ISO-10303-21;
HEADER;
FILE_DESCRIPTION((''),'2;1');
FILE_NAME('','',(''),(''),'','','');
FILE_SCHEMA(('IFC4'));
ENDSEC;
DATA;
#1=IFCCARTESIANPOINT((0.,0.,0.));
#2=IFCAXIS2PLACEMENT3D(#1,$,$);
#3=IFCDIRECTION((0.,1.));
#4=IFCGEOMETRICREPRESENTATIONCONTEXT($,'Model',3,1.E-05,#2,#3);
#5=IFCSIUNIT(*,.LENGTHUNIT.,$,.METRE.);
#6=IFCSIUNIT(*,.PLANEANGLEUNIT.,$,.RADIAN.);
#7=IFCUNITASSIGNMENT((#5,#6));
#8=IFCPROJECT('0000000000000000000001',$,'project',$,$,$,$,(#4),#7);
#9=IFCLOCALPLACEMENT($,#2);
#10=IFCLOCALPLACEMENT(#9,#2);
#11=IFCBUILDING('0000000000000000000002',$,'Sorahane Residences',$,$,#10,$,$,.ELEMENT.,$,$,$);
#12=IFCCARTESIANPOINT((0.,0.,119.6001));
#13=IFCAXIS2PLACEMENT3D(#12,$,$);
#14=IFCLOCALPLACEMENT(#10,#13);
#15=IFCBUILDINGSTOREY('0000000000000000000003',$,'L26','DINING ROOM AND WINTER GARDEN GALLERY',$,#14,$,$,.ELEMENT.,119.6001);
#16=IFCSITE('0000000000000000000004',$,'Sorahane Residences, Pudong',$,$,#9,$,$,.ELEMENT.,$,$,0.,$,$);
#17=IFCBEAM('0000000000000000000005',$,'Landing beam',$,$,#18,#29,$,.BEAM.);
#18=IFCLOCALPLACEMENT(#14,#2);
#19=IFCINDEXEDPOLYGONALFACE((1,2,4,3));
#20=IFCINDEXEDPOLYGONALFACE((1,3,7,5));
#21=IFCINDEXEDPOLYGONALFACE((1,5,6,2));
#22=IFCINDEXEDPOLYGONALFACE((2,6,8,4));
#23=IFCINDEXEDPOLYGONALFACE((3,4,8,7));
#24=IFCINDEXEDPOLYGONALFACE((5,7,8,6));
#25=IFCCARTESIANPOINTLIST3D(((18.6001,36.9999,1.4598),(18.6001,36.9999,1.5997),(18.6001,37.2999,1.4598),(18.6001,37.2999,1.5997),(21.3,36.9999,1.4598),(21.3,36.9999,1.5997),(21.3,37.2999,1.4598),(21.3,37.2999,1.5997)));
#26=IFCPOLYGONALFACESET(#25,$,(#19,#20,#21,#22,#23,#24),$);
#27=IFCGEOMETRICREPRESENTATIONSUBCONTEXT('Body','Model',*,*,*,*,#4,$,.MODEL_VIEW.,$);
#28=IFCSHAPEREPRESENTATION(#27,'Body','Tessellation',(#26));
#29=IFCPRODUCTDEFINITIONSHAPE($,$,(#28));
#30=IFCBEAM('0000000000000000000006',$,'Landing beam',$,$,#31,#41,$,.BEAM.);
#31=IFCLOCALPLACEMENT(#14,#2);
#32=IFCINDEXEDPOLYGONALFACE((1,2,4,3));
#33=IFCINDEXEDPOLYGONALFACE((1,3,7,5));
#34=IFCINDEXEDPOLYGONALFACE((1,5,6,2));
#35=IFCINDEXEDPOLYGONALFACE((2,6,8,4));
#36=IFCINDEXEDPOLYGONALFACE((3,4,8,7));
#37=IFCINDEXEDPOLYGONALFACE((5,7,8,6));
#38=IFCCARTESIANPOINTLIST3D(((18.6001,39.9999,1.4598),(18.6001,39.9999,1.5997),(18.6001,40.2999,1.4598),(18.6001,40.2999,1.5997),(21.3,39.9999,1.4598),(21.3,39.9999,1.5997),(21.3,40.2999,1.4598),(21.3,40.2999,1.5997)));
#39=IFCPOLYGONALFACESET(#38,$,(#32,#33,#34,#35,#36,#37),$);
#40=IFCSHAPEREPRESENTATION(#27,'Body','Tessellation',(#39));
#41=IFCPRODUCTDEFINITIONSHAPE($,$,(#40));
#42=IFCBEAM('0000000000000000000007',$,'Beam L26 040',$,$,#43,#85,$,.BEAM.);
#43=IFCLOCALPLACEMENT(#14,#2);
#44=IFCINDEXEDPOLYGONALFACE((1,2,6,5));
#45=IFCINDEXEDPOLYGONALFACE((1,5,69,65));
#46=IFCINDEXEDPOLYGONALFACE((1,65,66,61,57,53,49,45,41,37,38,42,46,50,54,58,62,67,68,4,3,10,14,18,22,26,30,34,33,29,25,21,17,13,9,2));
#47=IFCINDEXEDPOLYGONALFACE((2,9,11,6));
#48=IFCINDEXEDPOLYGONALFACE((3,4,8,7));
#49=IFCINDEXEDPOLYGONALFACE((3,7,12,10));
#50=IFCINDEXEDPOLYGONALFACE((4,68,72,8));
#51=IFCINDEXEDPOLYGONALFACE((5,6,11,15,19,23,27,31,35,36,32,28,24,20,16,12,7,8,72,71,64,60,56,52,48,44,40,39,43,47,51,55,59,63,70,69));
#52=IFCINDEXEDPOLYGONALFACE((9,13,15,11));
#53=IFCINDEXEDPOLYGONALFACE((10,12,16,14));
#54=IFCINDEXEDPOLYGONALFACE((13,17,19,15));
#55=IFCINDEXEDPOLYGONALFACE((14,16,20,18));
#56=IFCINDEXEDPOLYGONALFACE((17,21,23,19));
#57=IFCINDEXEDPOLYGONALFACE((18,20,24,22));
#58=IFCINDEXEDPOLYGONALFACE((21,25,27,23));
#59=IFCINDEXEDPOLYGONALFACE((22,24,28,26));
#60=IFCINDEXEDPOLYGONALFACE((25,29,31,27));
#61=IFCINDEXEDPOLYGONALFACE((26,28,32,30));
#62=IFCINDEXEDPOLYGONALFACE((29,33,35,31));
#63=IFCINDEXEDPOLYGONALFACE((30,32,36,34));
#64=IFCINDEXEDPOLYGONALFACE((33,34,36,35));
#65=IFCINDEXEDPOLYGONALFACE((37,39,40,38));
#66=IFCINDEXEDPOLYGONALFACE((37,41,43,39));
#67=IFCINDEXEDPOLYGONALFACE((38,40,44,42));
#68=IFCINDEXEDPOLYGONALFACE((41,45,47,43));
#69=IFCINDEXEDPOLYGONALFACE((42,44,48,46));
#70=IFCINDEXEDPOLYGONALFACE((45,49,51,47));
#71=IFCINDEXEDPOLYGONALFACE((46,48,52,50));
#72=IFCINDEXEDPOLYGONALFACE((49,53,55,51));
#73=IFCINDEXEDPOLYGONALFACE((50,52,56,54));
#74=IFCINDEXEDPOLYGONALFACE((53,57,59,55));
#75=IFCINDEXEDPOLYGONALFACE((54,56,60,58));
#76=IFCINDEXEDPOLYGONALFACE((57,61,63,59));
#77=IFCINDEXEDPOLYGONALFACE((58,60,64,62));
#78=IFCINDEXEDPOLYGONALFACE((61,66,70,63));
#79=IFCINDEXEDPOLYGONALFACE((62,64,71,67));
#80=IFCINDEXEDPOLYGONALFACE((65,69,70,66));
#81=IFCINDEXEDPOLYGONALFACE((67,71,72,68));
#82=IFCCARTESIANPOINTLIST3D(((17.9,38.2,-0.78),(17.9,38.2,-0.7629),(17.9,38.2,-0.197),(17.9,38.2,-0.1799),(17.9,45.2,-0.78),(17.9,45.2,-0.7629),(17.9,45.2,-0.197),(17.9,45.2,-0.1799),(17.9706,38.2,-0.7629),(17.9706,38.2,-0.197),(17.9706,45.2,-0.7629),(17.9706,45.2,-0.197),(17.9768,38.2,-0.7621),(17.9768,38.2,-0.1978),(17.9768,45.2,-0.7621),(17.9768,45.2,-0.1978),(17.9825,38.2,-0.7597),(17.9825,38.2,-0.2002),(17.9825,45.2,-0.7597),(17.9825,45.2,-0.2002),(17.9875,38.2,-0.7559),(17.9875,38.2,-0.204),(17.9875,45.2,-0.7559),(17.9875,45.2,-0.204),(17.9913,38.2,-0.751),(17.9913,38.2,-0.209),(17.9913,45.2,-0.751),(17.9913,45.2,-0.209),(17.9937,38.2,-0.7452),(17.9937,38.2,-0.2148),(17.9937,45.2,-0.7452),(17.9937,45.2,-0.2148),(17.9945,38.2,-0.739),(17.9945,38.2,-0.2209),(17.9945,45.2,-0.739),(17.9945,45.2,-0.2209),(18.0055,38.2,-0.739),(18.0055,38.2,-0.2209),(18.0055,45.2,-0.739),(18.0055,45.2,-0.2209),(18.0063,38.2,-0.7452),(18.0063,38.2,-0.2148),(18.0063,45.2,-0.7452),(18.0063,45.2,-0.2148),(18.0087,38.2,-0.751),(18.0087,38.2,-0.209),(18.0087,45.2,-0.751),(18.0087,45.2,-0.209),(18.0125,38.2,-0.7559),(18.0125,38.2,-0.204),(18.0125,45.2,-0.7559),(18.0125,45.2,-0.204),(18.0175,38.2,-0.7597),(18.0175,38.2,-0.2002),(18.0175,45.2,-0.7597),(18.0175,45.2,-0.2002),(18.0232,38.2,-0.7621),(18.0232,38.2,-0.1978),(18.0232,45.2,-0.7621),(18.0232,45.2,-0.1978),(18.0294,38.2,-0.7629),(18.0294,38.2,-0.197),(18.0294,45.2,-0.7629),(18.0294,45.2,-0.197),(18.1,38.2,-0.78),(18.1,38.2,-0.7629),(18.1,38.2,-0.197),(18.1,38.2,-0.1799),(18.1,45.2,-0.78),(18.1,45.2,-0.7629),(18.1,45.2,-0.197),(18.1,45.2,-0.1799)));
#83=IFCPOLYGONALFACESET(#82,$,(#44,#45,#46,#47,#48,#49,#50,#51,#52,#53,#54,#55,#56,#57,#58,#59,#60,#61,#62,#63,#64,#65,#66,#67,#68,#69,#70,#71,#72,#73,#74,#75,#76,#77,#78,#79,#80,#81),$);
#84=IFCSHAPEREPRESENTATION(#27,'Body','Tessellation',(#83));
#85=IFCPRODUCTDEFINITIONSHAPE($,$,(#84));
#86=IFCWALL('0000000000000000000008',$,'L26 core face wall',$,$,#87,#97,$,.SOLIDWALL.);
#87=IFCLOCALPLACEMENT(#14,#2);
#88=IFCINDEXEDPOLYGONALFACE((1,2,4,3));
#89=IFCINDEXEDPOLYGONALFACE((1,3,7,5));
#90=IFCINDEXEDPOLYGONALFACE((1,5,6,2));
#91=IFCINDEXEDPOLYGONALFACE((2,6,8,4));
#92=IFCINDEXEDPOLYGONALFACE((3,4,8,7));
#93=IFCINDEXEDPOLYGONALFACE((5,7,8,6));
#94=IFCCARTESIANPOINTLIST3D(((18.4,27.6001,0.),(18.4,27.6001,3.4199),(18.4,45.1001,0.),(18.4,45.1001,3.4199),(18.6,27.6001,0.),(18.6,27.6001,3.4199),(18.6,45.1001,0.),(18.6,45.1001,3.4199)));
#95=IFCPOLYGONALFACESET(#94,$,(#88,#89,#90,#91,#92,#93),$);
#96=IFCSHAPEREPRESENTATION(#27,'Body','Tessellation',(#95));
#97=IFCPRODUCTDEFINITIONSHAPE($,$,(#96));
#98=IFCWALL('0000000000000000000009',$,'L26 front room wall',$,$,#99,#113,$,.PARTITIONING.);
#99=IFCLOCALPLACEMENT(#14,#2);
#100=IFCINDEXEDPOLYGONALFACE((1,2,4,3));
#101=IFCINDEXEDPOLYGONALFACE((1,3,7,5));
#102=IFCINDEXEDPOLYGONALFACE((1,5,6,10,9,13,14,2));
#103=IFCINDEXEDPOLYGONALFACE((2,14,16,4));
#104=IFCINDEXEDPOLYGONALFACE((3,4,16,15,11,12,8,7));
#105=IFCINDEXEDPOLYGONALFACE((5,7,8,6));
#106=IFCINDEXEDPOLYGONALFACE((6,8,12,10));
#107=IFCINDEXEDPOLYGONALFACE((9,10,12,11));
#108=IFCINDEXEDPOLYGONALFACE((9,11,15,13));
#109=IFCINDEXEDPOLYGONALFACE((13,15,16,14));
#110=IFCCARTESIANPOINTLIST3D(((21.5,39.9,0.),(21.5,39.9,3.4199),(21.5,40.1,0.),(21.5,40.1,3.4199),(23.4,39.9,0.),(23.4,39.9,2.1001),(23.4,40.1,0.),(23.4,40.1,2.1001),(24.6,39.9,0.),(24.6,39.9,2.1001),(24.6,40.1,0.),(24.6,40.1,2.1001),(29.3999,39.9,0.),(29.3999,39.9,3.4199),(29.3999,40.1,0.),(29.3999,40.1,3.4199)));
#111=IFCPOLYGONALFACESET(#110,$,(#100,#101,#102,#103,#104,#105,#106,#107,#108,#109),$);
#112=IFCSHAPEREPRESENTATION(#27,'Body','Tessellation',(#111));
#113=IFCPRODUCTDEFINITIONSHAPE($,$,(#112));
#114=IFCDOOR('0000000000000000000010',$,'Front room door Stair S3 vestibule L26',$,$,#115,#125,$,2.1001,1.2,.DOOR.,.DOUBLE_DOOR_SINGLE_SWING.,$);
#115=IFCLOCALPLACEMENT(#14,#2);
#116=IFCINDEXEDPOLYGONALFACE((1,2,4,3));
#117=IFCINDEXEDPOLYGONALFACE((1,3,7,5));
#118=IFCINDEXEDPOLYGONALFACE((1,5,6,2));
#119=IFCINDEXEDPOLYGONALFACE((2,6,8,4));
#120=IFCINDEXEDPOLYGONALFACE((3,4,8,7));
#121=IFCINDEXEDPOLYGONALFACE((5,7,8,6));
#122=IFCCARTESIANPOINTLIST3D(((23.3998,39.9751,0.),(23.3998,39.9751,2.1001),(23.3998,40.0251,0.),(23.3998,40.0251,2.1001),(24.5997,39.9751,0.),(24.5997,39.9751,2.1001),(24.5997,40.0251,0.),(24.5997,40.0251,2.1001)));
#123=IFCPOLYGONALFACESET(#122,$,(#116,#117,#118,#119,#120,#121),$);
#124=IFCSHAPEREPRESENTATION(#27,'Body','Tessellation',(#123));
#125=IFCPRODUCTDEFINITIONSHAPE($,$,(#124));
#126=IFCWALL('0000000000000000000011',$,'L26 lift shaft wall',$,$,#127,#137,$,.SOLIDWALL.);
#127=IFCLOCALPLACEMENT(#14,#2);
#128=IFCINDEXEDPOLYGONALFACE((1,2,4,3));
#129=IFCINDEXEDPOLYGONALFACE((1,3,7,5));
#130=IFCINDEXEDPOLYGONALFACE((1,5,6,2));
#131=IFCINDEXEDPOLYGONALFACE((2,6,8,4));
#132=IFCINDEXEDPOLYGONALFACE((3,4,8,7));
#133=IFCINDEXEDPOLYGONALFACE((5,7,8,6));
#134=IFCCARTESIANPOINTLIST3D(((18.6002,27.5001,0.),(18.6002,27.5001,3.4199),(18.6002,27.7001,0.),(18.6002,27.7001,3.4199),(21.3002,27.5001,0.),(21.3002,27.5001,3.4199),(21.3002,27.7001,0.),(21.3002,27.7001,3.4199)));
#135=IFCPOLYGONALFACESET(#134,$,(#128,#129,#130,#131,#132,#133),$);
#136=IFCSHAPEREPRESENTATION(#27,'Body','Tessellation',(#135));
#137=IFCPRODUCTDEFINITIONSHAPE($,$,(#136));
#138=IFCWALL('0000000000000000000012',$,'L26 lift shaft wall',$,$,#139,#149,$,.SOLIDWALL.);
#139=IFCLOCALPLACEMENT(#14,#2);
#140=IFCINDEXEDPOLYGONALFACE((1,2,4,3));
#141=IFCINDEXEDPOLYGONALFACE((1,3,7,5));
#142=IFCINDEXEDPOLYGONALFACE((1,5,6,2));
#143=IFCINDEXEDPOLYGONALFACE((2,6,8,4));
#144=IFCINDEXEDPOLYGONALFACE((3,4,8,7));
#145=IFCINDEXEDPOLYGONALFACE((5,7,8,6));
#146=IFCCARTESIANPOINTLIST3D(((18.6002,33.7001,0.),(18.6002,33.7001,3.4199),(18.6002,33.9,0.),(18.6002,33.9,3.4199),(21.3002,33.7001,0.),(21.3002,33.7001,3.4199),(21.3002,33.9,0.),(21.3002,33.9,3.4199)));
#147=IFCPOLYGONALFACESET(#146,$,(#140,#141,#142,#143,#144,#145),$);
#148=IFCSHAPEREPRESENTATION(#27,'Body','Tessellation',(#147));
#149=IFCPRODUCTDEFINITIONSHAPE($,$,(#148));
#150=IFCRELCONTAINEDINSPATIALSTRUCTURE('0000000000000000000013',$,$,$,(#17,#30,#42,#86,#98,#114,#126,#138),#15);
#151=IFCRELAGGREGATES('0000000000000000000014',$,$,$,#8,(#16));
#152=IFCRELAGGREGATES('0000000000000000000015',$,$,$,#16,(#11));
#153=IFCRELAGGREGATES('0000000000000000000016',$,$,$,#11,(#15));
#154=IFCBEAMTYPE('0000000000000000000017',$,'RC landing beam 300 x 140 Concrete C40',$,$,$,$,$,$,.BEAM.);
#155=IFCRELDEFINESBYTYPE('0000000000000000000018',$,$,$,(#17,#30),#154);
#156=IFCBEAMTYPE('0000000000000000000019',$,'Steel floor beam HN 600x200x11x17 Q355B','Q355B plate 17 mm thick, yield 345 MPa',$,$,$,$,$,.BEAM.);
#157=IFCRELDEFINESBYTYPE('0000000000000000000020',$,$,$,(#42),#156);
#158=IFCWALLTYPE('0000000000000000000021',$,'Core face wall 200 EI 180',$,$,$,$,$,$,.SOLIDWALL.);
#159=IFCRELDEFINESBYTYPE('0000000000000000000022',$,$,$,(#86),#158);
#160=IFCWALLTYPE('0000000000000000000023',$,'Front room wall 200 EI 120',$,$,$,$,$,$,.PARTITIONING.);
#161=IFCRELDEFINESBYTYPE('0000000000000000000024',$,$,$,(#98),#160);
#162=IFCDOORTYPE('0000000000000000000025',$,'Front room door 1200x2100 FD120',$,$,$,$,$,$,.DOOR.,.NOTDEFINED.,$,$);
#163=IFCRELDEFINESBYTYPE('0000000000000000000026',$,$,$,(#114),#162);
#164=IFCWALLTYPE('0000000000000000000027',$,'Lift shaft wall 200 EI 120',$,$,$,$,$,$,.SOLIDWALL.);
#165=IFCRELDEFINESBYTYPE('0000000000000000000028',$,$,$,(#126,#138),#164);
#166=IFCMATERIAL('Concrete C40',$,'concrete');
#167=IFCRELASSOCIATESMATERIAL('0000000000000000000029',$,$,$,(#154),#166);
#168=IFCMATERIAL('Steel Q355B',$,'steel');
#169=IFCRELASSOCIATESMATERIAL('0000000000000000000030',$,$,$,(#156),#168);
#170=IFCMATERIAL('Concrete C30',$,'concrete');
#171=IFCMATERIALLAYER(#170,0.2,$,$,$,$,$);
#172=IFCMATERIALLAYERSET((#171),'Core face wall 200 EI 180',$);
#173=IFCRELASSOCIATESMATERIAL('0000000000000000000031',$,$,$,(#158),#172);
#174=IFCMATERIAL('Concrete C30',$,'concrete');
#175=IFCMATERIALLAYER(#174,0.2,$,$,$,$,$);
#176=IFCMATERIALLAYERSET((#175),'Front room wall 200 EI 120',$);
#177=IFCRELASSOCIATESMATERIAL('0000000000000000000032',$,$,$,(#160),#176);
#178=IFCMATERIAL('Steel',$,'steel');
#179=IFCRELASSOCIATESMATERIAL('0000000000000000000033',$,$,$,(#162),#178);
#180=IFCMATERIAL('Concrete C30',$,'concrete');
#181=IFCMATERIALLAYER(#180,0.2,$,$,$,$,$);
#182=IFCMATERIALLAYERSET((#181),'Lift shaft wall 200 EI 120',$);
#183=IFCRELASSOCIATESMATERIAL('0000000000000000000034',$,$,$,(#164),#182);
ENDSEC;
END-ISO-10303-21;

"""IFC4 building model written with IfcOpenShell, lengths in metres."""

from ifc_helpers import new_model, si_unit, direction, frame, frame_2d, origin, origin_2d, place, context, subcontext, project, spatial, rectangle, i_section, extrude, material, layer, layer_set, material_profile, profile_set, type_object, element, fill, save


model = new_model("IFC4")

# Units and contexts
model_context = context("Model", 3, precision=1e-05, world=origin(), true_north=direction((0.0, 1.0)))
body_context = subcontext(model_context, "Body", "Model", "MODEL_VIEW")
ifc_project = project(units=[si_unit("LENGTHUNIT", "METRE"), si_unit("PLANEANGLEUNIT", "RADIAN")], contexts=[model_context])

# Site, building, storey
site_placement = place(None, origin())
site = spatial("IfcSite", under=ifc_project, at=site_placement, Name="Sorahane Residences, Pudong", CompositionType="ELEMENT", RefElevation=0.0)
building_placement = place(site_placement, origin())
building = spatial("IfcBuilding", under=site, at=building_placement, Name="Sorahane Residences", CompositionType="ELEMENT")
storey_placement = place(building_placement, frame((0.0, 0.0, 119.6001)))
storey = spatial("IfcBuildingStorey", under=building, at=storey_placement, Name="L26", Description="DINING ROOM AND WINTER GARDEN GALLERY", CompositionType="ELEMENT", Elevation=119.6001)

# Beams
ifc_material_1 = material(Name="Concrete C40", Category="concrete")
ifc_material_profile_1 = material_profile(ifc_material_1, rectangle(XDim=0.3, YDim=0.1399, at=origin_2d()), Name="300x140")
ifc_profile_set_1 = profile_set([ifc_material_profile_1], Name="Concrete C40")
beam_type_1 = type_object("IfcBeamType", Name="RC landing beam 300 x 140 Concrete C40", PredefinedType="BEAM", material=ifc_profile_set_1)
for number, where, z_axis, x_axis, name in (
    (1, (18.6001, 37.1499, 1.5298), (1.0, 0.0, 0.0), (0.0, 1.0, 0.0), "Landing beam"),
    (2, (18.6001, 40.1499, 1.5298), (1.0, 0.0, 0.0), (0.0, 1.0, 0.0), "Landing beam"),
):
    element("IfcBeam", number, at=place(storey_placement, frame(where, z_axis=z_axis, x_axis=x_axis)), inside=storey, type_object=beam_type_1, Name=name, PredefinedType="BEAM", context=body_context, shape_type="SweptSolid", body=[
        extrude(rectangle(XDim=0.3, YDim=0.1399, at=origin_2d()), origin(), (0.0, 0.0, 1.0), 2.7),
    ])
ifc_material_2 = material(Name="Steel Q355B", Category="steel")
ifc_material_profile_2 = material_profile(ifc_material_2, i_section(OverallWidth=0.2, OverallDepth=0.6001, WebThickness=0.011, FlangeThickness=0.0171, FilletRadius=0.0239, at=origin_2d()), Name="HN 600x200x11x17")
ifc_profile_set_2 = profile_set([ifc_material_profile_2], Name="Steel Q355B")
beam_type_2 = type_object("IfcBeamType", Name="Steel floor beam HN 600x200x11x17 Q355B", Description="Q355B plate 17 mm thick, yield 345 MPa", PredefinedType="BEAM", material=ifc_profile_set_2)
beam_placement = place(storey_placement, frame((18.0, 38.2, -0.48), z_axis=(0.0, 1.0, 0.0), x_axis=(-1.0, 0.0, 0.0)))
element("IfcBeam", 3, at=beam_placement, inside=storey, type_object=beam_type_2, Name="Beam L26 040", PredefinedType="BEAM", context=body_context, shape_type="SweptSolid", body=[
    extrude(i_section(OverallWidth=0.2, OverallDepth=0.6001, WebThickness=0.011, FlangeThickness=0.0171, FilletRadius=0.0239, at=origin_2d()), origin(), (0.0, 0.0, 1.0), 7.0),
])

# Wall
ifc_material_3 = material(Name="Concrete C30", Category="concrete")
ifc_layer_1 = layer(ifc_material_3, 0.2)
ifc_layer_set_1 = layer_set([ifc_layer_1], Name="Core face wall 200 EI 180")
wall_type_1 = type_object("IfcWallType", Name="Core face wall 200 EI 180", PredefinedType="SOLIDWALL", material=ifc_layer_set_1)
wall_1_placement = place(storey_placement, frame((18.5, 27.6001, 0.0), z_axis=(0.0, 0.0, 1.0), x_axis=(0.0, 1.0, 0.0)))
element("IfcWall", 4, at=wall_1_placement, inside=storey, type_object=wall_type_1, Name="L26 core face wall", PredefinedType="SOLIDWALL", context=body_context, shape_type="SweptSolid", body=[
    extrude(rectangle(XDim=17.5, YDim=0.2, at=frame_2d((8.75, 0.0))), origin(), (0.0, 0.0, 1.0), 3.4199),
])

# Wall, opening, door
ifc_material_4 = material(Name="Concrete C30", Category="concrete")
ifc_layer_2 = layer(ifc_material_4, 0.2)
ifc_layer_set_2 = layer_set([ifc_layer_2], Name="Front room wall 200 EI 120")
wall_type_2 = type_object("IfcWallType", Name="Front room wall 200 EI 120", PredefinedType="PARTITIONING", material=ifc_layer_set_2)
wall_2_placement = place(storey_placement, frame((21.5, 40.0, 0.0), z_axis=(0.0, 0.0, 1.0), x_axis=(1.0, 0.0, 0.0)))
wall_2 = element("IfcWall", 5, at=wall_2_placement, inside=storey, type_object=wall_type_2, Name="L26 front room wall", PredefinedType="PARTITIONING", context=body_context, shape_type="SweptSolid", body=[
    extrude(rectangle(XDim=7.8999, YDim=0.2, at=frame_2d((3.95, 0.0))), origin(), (0.0, 0.0, 1.0), 3.4199),
])
opening_1_placement = place(wall_2_placement, frame((1.8999, 0.0, 0.0)))
opening_1 = element("IfcOpeningElement", 6, at=opening_1_placement, cuts=wall_2, PredefinedType="OPENING", context=body_context, shape_type="SweptSolid", body=[
    extrude(rectangle(XDim=1.2, YDim=2.1001, at=frame_2d((0.6001, 1.05))), frame((0.0, 0.1099, 0.0), z_axis=(0.0, -1.0, 0.0), x_axis=(1.0, 0.0, 0.0)), (0.0, 0.0, 1.0), 0.22),
])
ifc_material_5 = material(Name="Steel", Category="steel")
door_type_1 = type_object("IfcDoorType", Name="Front room door 1200x2100 FD120", OperationType="NOTDEFINED", PredefinedType="DOOR", material=ifc_material_5)
door_1_placement = place(opening_1_placement, frame((1.2, 0.0, 0.0), z_axis=(0.0, 0.0, 1.0), x_axis=(-1.0, 0.0, 0.0)))
door_1 = element("IfcDoor", 7, at=door_1_placement, inside=storey, type_object=door_type_1, Name="Front room door Stair S3 vestibule L26", OperationType="DOUBLE_DOOR_SINGLE_SWING", OverallHeight=2.1001, OverallWidth=1.2, PredefinedType="DOOR", context=body_context, shape_type="SweptSolid", body=[
    extrude(rectangle(XDim=1.2, YDim=2.1001, at=frame_2d((0.6001, 1.05))), frame((0.0, 0.0249, 0.0), z_axis=(0.0, -1.0, 0.0), x_axis=(1.0, 0.0, 0.0)), (0.0, 0.0, 1.0), 0.05),
])
fill(opening_1, door_1)

# Walls
ifc_material_6 = material(Name="Concrete C30", Category="concrete")
ifc_layer_3 = layer(ifc_material_6, 0.2)
ifc_layer_set_3 = layer_set([ifc_layer_3], Name="Lift shaft wall 200 EI 120")
wall_type_3 = type_object("IfcWallType", Name="Lift shaft wall 200 EI 120", PredefinedType="SOLIDWALL", material=ifc_layer_set_3)
for number, where, z_axis, x_axis, name in (
    (8, (18.6001, 27.6001, 0.0), (0.0, 0.0, 1.0), (1.0, 0.0, 0.0), "L26 lift shaft wall"),
    (9, (18.6001, 33.8, 0.0), (0.0, 0.0, 1.0), (1.0, 0.0, 0.0), "L26 lift shaft wall"),
):
    element("IfcWall", number, at=place(storey_placement, frame(where, z_axis=z_axis, x_axis=x_axis)), inside=storey, type_object=wall_type_3, Name=name, PredefinedType="SOLIDWALL", context=body_context, shape_type="SweptSolid", body=[
        extrude(rectangle(XDim=2.7, YDim=0.2, at=frame_2d((1.3501, 0.0))), origin(), (0.0, 0.0, 1.0), 3.4199),
    ])

save(model, "model.ifc")
